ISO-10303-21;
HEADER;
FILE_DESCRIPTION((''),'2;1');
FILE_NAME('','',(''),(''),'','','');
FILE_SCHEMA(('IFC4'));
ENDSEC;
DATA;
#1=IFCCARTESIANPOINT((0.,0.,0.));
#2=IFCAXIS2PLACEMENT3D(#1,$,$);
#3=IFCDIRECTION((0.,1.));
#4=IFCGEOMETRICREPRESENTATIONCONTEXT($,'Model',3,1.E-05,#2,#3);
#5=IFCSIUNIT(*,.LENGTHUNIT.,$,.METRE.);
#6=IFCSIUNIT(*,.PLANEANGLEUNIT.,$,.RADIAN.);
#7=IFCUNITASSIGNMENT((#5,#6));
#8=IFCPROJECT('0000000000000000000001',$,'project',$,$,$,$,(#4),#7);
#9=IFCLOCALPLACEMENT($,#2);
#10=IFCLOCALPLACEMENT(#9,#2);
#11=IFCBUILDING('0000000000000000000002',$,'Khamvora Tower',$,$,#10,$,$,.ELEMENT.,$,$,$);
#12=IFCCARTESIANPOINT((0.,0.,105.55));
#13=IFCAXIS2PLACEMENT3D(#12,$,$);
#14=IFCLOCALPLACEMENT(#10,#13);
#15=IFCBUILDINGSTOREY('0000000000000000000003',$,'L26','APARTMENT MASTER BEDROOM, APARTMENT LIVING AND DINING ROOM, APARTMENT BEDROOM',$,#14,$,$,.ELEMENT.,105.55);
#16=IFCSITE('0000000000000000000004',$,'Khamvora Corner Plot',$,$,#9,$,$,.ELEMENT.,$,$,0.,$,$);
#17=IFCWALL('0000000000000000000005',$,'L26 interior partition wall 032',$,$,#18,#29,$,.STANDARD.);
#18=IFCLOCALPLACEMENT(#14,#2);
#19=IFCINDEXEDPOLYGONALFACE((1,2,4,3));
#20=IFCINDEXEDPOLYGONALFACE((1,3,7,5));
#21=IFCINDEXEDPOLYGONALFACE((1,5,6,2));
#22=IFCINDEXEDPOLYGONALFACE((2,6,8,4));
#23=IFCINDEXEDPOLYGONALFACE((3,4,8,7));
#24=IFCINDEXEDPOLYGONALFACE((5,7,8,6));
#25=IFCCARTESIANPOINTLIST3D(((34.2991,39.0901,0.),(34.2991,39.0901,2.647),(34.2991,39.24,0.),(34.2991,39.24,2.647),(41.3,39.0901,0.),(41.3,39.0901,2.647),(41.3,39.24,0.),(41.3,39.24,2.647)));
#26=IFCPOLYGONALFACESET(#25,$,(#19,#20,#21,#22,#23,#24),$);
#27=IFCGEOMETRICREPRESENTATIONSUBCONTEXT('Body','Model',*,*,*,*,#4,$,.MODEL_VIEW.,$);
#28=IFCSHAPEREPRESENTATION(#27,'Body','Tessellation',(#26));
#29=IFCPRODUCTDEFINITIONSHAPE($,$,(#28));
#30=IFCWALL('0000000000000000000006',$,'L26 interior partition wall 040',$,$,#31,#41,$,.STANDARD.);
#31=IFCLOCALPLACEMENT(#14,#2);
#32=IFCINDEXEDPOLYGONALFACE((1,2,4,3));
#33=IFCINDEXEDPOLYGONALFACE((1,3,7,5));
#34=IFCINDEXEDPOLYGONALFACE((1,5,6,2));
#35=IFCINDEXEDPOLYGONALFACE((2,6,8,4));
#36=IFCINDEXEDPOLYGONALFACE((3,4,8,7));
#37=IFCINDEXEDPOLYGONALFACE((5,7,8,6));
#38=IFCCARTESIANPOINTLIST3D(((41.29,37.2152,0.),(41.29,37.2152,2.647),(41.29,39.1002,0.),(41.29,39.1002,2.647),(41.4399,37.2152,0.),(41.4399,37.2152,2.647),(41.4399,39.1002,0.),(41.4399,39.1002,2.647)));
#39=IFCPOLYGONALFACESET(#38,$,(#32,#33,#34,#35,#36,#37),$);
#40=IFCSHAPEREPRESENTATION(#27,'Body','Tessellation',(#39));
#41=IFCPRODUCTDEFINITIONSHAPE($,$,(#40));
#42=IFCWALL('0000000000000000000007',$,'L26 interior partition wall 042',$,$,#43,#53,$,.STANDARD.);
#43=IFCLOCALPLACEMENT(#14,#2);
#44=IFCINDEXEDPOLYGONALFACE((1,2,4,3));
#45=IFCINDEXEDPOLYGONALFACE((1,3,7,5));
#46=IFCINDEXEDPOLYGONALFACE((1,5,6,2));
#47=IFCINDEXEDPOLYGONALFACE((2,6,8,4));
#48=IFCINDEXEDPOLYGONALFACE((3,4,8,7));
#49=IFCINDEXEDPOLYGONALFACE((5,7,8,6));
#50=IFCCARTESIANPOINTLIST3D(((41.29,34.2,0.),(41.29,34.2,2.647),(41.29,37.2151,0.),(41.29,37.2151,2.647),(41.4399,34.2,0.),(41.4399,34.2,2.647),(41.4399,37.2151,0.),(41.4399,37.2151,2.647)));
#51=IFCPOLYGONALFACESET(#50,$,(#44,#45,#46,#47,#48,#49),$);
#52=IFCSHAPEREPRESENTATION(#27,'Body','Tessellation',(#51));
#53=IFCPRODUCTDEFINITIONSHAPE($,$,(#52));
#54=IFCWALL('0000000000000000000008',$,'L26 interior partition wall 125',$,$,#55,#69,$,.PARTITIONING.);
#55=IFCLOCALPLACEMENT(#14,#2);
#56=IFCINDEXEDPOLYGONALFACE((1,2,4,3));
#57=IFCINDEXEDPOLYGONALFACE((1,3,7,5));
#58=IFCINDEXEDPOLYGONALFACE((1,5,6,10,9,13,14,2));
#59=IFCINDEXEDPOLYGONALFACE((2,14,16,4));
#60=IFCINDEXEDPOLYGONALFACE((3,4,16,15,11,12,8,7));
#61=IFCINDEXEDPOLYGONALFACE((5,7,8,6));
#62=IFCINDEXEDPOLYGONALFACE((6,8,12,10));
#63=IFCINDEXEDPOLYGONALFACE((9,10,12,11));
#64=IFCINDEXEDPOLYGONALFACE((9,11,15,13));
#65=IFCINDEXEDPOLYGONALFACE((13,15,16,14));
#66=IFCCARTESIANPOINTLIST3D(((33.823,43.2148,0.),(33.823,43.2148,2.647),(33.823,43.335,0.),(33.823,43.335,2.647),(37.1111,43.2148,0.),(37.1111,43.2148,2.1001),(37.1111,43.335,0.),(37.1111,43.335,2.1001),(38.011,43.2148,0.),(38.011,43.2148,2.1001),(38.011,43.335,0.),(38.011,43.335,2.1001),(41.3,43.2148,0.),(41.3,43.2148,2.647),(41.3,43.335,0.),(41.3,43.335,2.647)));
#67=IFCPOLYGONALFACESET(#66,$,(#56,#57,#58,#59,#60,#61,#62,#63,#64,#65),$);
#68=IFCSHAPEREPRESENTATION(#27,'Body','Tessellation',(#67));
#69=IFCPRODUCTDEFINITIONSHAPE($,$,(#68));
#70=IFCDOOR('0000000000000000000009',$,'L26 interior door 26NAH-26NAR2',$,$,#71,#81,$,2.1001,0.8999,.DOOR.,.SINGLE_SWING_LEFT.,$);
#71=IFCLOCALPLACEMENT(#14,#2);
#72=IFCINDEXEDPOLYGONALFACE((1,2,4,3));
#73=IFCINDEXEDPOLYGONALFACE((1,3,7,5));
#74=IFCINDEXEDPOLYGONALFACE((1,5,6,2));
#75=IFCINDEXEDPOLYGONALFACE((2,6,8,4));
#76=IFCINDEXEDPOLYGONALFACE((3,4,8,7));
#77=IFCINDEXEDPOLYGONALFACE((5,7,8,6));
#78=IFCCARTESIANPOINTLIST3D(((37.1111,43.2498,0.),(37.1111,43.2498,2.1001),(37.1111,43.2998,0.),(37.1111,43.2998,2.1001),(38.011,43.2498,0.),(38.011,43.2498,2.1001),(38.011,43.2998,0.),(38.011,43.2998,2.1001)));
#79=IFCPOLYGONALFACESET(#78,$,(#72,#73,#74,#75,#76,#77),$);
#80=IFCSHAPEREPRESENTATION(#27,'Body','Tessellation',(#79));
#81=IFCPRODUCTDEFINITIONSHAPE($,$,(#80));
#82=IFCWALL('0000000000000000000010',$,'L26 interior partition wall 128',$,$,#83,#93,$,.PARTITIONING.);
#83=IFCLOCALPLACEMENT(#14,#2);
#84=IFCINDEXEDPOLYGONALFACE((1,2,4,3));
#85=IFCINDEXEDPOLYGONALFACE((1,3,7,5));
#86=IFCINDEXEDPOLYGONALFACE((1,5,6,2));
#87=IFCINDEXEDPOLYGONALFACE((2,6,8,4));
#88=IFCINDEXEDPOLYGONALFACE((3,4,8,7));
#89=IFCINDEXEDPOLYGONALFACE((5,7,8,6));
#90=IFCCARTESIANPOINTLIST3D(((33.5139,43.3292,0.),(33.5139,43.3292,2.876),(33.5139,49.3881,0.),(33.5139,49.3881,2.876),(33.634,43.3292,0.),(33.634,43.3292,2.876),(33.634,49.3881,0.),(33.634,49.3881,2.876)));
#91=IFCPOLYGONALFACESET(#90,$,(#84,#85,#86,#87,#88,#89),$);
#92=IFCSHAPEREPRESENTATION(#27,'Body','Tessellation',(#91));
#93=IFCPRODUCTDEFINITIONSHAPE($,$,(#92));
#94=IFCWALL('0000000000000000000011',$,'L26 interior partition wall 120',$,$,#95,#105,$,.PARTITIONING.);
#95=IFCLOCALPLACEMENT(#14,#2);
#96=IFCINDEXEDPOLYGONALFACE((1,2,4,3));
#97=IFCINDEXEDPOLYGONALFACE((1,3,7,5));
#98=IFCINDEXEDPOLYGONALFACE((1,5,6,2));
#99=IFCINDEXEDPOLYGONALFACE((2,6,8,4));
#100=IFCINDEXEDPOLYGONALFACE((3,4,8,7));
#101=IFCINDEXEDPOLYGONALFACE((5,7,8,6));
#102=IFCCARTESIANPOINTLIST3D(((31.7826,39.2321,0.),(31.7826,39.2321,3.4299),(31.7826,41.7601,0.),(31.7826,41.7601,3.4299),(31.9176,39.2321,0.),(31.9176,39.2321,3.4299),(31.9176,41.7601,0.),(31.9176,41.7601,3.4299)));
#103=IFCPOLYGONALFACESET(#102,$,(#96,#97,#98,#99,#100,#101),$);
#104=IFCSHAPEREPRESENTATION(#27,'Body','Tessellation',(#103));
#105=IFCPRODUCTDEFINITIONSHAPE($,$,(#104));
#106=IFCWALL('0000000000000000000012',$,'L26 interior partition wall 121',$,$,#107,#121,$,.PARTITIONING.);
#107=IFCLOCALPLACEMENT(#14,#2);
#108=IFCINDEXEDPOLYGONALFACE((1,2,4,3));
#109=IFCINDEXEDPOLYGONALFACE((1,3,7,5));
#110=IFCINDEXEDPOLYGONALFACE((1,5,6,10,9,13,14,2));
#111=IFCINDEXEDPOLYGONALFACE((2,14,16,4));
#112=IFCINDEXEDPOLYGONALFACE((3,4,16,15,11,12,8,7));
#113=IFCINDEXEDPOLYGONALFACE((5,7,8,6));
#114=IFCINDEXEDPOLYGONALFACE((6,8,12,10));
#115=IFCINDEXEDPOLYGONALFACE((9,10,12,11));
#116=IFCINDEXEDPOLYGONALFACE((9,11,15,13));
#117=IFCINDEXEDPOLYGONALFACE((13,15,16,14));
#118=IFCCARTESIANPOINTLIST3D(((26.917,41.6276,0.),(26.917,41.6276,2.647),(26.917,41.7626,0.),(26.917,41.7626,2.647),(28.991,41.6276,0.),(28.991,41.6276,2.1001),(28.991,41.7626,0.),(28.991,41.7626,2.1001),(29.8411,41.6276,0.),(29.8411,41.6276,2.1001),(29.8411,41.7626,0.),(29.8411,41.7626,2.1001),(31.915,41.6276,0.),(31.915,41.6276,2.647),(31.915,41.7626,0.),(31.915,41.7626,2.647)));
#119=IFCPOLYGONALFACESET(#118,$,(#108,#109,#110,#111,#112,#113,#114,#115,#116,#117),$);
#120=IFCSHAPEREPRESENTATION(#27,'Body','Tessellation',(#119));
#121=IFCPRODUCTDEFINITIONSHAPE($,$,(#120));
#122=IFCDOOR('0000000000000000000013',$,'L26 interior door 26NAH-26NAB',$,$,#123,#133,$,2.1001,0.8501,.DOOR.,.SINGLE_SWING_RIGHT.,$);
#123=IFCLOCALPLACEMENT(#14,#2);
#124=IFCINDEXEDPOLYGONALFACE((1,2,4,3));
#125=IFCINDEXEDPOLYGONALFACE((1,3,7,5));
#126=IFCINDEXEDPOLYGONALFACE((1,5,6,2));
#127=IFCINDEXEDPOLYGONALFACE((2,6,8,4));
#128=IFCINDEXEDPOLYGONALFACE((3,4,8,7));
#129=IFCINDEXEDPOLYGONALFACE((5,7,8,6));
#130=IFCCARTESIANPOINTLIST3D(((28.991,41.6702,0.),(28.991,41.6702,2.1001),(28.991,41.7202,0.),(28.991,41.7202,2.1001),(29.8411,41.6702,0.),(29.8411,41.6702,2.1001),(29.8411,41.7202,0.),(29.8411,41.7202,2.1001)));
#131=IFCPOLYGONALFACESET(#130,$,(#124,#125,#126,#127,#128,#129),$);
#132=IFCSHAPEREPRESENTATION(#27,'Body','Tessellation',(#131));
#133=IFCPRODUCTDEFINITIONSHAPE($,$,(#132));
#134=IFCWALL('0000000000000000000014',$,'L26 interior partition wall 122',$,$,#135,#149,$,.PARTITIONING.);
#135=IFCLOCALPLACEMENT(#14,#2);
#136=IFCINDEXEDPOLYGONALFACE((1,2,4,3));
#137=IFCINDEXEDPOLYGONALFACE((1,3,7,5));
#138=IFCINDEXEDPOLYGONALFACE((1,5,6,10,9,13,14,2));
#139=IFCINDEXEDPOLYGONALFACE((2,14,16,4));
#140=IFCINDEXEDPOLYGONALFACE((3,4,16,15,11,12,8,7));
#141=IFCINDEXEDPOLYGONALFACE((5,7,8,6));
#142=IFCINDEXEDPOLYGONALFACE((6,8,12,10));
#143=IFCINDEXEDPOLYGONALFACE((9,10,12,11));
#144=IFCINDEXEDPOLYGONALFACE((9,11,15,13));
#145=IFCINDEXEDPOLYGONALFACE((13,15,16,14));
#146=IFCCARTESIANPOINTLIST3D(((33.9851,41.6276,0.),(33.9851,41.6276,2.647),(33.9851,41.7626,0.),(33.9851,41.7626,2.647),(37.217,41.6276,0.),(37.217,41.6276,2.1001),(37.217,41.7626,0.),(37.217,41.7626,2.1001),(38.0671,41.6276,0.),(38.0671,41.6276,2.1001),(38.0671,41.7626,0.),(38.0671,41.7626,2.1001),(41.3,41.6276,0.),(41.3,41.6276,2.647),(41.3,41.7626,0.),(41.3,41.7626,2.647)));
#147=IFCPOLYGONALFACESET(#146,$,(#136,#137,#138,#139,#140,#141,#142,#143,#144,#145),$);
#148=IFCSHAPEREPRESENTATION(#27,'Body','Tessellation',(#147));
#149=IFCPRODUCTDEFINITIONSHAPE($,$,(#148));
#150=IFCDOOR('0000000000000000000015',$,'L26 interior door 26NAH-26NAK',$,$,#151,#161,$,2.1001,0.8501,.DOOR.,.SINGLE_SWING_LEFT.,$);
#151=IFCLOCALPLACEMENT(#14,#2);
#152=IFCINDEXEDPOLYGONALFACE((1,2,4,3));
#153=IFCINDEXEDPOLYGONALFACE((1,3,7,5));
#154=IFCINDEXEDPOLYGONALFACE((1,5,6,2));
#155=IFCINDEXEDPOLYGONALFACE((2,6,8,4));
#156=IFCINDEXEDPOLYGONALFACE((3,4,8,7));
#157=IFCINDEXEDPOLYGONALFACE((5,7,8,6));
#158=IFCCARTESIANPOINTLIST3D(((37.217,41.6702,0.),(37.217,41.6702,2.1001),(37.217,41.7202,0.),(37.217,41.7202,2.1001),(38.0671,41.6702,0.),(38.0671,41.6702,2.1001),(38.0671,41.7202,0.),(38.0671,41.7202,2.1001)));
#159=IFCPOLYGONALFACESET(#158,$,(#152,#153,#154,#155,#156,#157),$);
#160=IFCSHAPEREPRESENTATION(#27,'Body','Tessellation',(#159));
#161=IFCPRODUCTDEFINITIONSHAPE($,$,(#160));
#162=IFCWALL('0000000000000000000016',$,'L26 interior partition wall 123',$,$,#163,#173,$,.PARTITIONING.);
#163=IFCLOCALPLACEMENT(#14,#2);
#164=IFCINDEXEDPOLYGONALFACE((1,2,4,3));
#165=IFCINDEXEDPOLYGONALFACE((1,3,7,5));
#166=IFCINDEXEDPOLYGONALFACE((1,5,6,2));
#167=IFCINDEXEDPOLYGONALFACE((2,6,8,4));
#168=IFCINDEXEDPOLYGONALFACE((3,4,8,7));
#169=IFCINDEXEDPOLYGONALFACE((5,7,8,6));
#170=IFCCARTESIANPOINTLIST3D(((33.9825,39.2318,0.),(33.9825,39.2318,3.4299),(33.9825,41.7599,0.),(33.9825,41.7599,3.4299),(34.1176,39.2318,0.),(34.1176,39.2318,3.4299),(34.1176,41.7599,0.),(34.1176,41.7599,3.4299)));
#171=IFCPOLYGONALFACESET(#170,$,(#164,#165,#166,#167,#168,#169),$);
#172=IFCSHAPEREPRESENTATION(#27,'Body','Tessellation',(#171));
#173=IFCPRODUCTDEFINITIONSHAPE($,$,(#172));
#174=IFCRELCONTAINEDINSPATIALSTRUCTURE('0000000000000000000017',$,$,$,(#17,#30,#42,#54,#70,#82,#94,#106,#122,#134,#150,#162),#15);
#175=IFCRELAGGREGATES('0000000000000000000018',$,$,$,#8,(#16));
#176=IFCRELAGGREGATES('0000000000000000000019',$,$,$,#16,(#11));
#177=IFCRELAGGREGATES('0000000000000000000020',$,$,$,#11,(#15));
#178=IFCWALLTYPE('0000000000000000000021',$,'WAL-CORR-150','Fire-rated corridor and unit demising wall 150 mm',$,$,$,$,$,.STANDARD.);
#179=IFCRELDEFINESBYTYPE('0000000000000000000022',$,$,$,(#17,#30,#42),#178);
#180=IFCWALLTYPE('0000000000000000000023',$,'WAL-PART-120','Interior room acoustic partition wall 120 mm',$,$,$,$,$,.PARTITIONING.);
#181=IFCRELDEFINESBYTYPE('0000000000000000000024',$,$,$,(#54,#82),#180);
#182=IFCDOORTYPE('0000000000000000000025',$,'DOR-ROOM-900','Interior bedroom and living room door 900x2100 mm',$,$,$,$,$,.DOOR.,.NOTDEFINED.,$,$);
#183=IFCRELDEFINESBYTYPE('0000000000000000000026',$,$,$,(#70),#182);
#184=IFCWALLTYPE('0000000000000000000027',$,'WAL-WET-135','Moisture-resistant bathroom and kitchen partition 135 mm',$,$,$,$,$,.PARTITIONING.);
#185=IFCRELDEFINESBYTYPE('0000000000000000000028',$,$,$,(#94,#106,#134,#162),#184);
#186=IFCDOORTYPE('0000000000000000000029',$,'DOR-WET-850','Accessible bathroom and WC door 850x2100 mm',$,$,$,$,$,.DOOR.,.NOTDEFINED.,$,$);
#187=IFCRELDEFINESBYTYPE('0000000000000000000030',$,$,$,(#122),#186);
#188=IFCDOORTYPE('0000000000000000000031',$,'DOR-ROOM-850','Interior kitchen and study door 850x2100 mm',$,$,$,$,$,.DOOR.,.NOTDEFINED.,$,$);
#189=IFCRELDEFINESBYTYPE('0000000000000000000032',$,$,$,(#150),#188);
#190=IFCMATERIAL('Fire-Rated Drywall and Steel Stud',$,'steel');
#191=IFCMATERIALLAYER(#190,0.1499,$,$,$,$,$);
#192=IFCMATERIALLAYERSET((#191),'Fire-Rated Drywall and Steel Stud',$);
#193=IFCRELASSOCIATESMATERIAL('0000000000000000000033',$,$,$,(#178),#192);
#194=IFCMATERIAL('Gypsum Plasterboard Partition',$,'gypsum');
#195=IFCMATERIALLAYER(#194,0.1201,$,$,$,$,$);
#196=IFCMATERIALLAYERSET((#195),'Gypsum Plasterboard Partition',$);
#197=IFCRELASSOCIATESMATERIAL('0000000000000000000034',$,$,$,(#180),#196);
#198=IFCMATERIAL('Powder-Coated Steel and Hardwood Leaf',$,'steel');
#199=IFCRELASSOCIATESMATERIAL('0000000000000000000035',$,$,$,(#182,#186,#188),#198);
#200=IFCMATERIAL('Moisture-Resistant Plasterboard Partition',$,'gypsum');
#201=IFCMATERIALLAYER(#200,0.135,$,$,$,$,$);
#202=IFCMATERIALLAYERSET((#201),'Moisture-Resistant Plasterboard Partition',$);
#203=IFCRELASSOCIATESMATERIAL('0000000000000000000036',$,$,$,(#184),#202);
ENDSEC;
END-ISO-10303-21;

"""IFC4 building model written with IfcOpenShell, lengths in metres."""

from ifc_helpers import new_model, si_unit, direction, frame, frame_2d, origin, place, context, subcontext, project, spatial, rectangle, extrude, material, layer, layer_set, type_object, element, fill, save


model = new_model("IFC4")

# Units and contexts
model_context = context("Model", 3, precision=1e-05, world=origin(), true_north=direction((0.0, 1.0)))
body_context = subcontext(model_context, "Body", "Model", "MODEL_VIEW")
ifc_project = project(units=[si_unit("LENGTHUNIT", "METRE"), si_unit("PLANEANGLEUNIT", "RADIAN")], contexts=[model_context])

# Site, building, storey
site_placement = place(None, origin())
site = spatial("IfcSite", under=ifc_project, at=site_placement, Name="Khamvora Corner Plot", CompositionType="ELEMENT", RefElevation=0.0)
building_placement = place(site_placement, origin())
building = spatial("IfcBuilding", under=site, at=building_placement, Name="Khamvora Tower", CompositionType="ELEMENT")
storey_placement = place(building_placement, frame((0.0, 0.0, 105.55)))
storey = spatial("IfcBuildingStorey", under=building, at=storey_placement, Name="L26", Description="APARTMENT MASTER BEDROOM, APARTMENT LIVING AND DINING ROOM, APARTMENT BEDROOM", CompositionType="ELEMENT", Elevation=105.55)

# Walls
ifc_material_1 = material(Name="Fire-Rated Drywall and Steel Stud", Category="steel")
ifc_layer_1 = layer(ifc_material_1, 0.1499)
ifc_layer_set_1 = layer_set([ifc_layer_1], Name="Fire-Rated Drywall and Steel Stud")
wall_type_1 = type_object("IfcWallType", Name="WAL-CORR-150", Description="Fire-rated corridor and unit demising wall 150 mm", PredefinedType="STANDARD", material=ifc_layer_set_1)
wall_1_placement = place(storey_placement, frame((34.2991, 39.165, 0.0), z_axis=(0.0, 0.0, 1.0), x_axis=(1.0, 0.0, 0.0)))
element("IfcWall", 1, at=wall_1_placement, inside=storey, type_object=wall_type_1, Name="L26 interior partition wall 032", PredefinedType="STANDARD", context=body_context, shape_type="SweptSolid", body=[
    extrude(rectangle(XDim=7.001, YDim=0.1499, at=frame_2d((3.5005, 0.0))), origin(), (0.0, 0.0, 1.0), 2.647),
])
wall_2_placement = place(storey_placement, frame((41.365, 39.1001, 0.0), z_axis=(0.0, 0.0, 1.0), x_axis=(0.0, -1.0, 0.0)))
element("IfcWall", 2, at=wall_2_placement, inside=storey, type_object=wall_type_1, Name="L26 interior partition wall 040", PredefinedType="STANDARD", context=body_context, shape_type="SweptSolid", body=[
    extrude(rectangle(XDim=1.885, YDim=0.1499, at=frame_2d((0.9424, 0.0))), origin(), (0.0, 0.0, 1.0), 2.647),
])
wall_3_placement = place(storey_placement, frame((41.365, 37.2151, 0.0), z_axis=(0.0, 0.0, 1.0), x_axis=(0.0, -1.0, 0.0)))
element("IfcWall", 3, at=wall_3_placement, inside=storey, type_object=wall_type_1, Name="L26 interior partition wall 042", PredefinedType="STANDARD", context=body_context, shape_type="SweptSolid", body=[
    extrude(rectangle(XDim=3.0151, YDim=0.1499, at=frame_2d((1.5076, 0.0))), origin(), (0.0, 0.0, 1.0), 2.647),
])

# Wall, opening, door
ifc_material_2 = material(Name="Gypsum Plasterboard Partition", Category="gypsum")
ifc_layer_2 = layer(ifc_material_2, 0.1201)
ifc_layer_set_2 = layer_set([ifc_layer_2], Name="Gypsum Plasterboard Partition")
wall_type_2 = type_object("IfcWallType", Name="WAL-PART-120", Description="Interior room acoustic partition wall 120 mm", PredefinedType="PARTITIONING", material=ifc_layer_set_2)
wall_4_placement = place(storey_placement, frame((33.823, 43.2749, 0.0), z_axis=(0.0, 0.0, 1.0), x_axis=(1.0, 0.0, 0.0)))
wall_4 = element("IfcWall", 4, at=wall_4_placement, inside=storey, type_object=wall_type_2, Name="L26 interior partition wall 125", PredefinedType="PARTITIONING", context=body_context, shape_type="SweptSolid", body=[
    extrude(rectangle(XDim=7.4771, YDim=0.1201, at=frame_2d((3.7385, 0.0))), origin(), (0.0, 0.0, 1.0), 2.647),
])
opening_1_placement = place(wall_4_placement, frame((3.2881, 0.0, 0.0)))
opening_1 = element("IfcOpeningElement", 5, at=opening_1_placement, cuts=wall_4, PredefinedType="OPENING", context=body_context, shape_type="SweptSolid", body=[
    extrude(rectangle(XDim=0.8999, YDim=2.1001, at=frame_2d((0.45, 1.05))), frame((0.0, 0.0701, 0.0), z_axis=(0.0, -1.0, 0.0), x_axis=(1.0, 0.0, 0.0)), (0.0, 0.0, 1.0), 0.1401),
])
ifc_material_3 = material(Name="Powder-Coated Steel and Hardwood Leaf", Category="steel")
door_type_1 = type_object("IfcDoorType", Name="DOR-ROOM-900", Description="Interior bedroom and living room door 900x2100 mm", OperationType="NOTDEFINED", PredefinedType="DOOR", material=ifc_material_3)
door_1_placement = place(opening_1_placement, origin())
door_1 = element("IfcDoor", 6, at=door_1_placement, inside=storey, type_object=door_type_1, Name="L26 interior door 26NAH-26NAR2", OperationType="SINGLE_SWING_LEFT", OverallHeight=2.1001, OverallWidth=0.8999, PredefinedType="DOOR", context=body_context, shape_type="SweptSolid", body=[
    extrude(rectangle(XDim=0.8999, YDim=2.1001, at=frame_2d((0.45, 1.05))), frame((0.0, 0.0249, 0.0), z_axis=(0.0, -1.0, 0.0), x_axis=(1.0, 0.0, 0.0)), (0.0, 0.0, 1.0), 0.05),
])
fill(opening_1, door_1)

# Walls
wall_5_placement = place(storey_placement, frame((33.574, 49.3879, 0.0), z_axis=(0.0, 0.0, 1.0), x_axis=(0.0, -1.0, 0.0)))
element("IfcWall", 7, at=wall_5_placement, inside=storey, type_object=wall_type_2, Name="L26 interior partition wall 128", PredefinedType="PARTITIONING", context=body_context, shape_type="SweptSolid", body=[
    extrude(rectangle(XDim=6.0588, YDim=0.1201, at=frame_2d((3.0293, 0.0))), origin(), (0.0, 0.0, 1.0), 2.876),
])
ifc_material_4 = material(Name="Moisture-Resistant Plasterboard Partition", Category="gypsum")
ifc_layer_3 = layer(ifc_material_4, 0.135)
ifc_layer_set_3 = layer_set([ifc_layer_3], Name="Moisture-Resistant Plasterboard Partition")
wall_type_3 = type_object("IfcWallType", Name="WAL-WET-135", Description="Moisture-resistant bathroom and kitchen partition 135 mm", PredefinedType="PARTITIONING", material=ifc_layer_set_3)
wall_6_placement = place(storey_placement, frame((31.8501, 39.2319, 0.0), z_axis=(0.0, 0.0, 1.0), x_axis=(0.0, 1.0, 0.0)))
element("IfcWall", 8, at=wall_6_placement, inside=storey, type_object=wall_type_3, Name="L26 interior partition wall 120", PredefinedType="PARTITIONING", context=body_context, shape_type="SweptSolid", body=[
    extrude(rectangle(XDim=2.5281, YDim=0.135, at=frame_2d((1.2642, 0.0))), origin(), (0.0, 0.0, 1.0), 3.4299),
])

# Walls, openings, doors
wall_7_placement = place(storey_placement, frame((31.915, 41.6951, 0.0), z_axis=(0.0, 0.0, 1.0), x_axis=(-1.0, 0.0, 0.0)))
wall_7 = element("IfcWall", 9, at=wall_7_placement, inside=storey, type_object=wall_type_3, Name="L26 interior partition wall 121", PredefinedType="PARTITIONING", context=body_context, shape_type="SweptSolid", body=[
    extrude(rectangle(XDim=4.998, YDim=0.135, at=frame_2d((2.499, 0.0))), origin(), (0.0, 0.0, 1.0), 2.647),
])
opening_2_placement = place(wall_7_placement, frame((2.074, 0.0, 0.0)))
opening_2 = element("IfcOpeningElement", 10, at=opening_2_placement, cuts=wall_7, PredefinedType="OPENING", context=body_context, shape_type="SweptSolid", body=[
    extrude(rectangle(XDim=0.8501, YDim=2.1001, at=frame_2d((0.425, 1.05))), frame((0.0, 0.0774, 0.0), z_axis=(0.0, -1.0, 0.0), x_axis=(1.0, 0.0, 0.0)), (0.0, 0.0, 1.0), 0.155),
])
door_type_2 = type_object("IfcDoorType", Name="DOR-WET-850", Description="Accessible bathroom and WC door 850x2100 mm", OperationType="NOTDEFINED", PredefinedType="DOOR", material=ifc_material_3)
door_2_placement = place(opening_2_placement, origin())
door_2 = element("IfcDoor", 11, at=door_2_placement, inside=storey, type_object=door_type_2, Name="L26 interior door 26NAH-26NAB", OperationType="SINGLE_SWING_RIGHT", OverallHeight=2.1001, OverallWidth=0.8501, PredefinedType="DOOR", context=body_context, shape_type="SweptSolid", body=[
    extrude(rectangle(XDim=0.8501, YDim=2.1001, at=frame_2d((0.425, 1.05))), frame((0.0, 0.0249, 0.0), z_axis=(0.0, -1.0, 0.0), x_axis=(1.0, 0.0, 0.0)), (0.0, 0.0, 1.0), 0.05),
])
fill(opening_2, door_2)
wall_8_placement = place(storey_placement, frame((41.3, 41.6951, 0.0), z_axis=(0.0, 0.0, 1.0), x_axis=(-1.0, 0.0, 0.0)))
wall_8 = element("IfcWall", 12, at=wall_8_placement, inside=storey, type_object=wall_type_3, Name="L26 interior partition wall 122", PredefinedType="PARTITIONING", context=body_context, shape_type="SweptSolid", body=[
    extrude(rectangle(XDim=7.3149, YDim=0.135, at=frame_2d((3.6575, 0.0))), origin(), (0.0, 0.0, 1.0), 2.647),
])
opening_3_placement = place(wall_8_placement, frame((3.2329, 0.0, 0.0)))
opening_3 = element("IfcOpeningElement", 13, at=opening_3_placement, cuts=wall_8, PredefinedType="OPENING", context=body_context, shape_type="SweptSolid", body=[
    extrude(rectangle(XDim=0.8501, YDim=2.1001, at=frame_2d((0.425, 1.05))), frame((0.0, 0.0774, 0.0), z_axis=(0.0, -1.0, 0.0), x_axis=(1.0, 0.0, 0.0)), (0.0, 0.0, 1.0), 0.155),
])
door_type_3 = type_object("IfcDoorType", Name="DOR-ROOM-850", Description="Interior kitchen and study door 850x2100 mm", OperationType="NOTDEFINED", PredefinedType="DOOR", material=ifc_material_3)
door_3_placement = place(opening_3_placement, origin())
door_3 = element("IfcDoor", 14, at=door_3_placement, inside=storey, type_object=door_type_3, Name="L26 interior door 26NAH-26NAK", OperationType="SINGLE_SWING_LEFT", OverallHeight=2.1001, OverallWidth=0.8501, PredefinedType="DOOR", context=body_context, shape_type="SweptSolid", body=[
    extrude(rectangle(XDim=0.8501, YDim=2.1001, at=frame_2d((0.425, 1.05))), frame((0.0, 0.0249, 0.0), z_axis=(0.0, -1.0, 0.0), x_axis=(1.0, 0.0, 0.0)), (0.0, 0.0, 1.0), 0.05),
])
fill(opening_3, door_3)

# Wall
wall_9_placement = place(storey_placement, frame((34.05, 41.76, 0.0), z_axis=(0.0, 0.0, 1.0), x_axis=(0.0, -1.0, 0.0)))
element("IfcWall", 15, at=wall_9_placement, inside=storey, type_object=wall_type_3, Name="L26 interior partition wall 123", PredefinedType="PARTITIONING", context=body_context, shape_type="SweptSolid", body=[
    extrude(rectangle(XDim=2.5281, YDim=0.135, at=frame_2d((1.2642, 0.0))), origin(), (0.0, 0.0, 1.0), 3.4299),
])

save(model, "model.ifc")
